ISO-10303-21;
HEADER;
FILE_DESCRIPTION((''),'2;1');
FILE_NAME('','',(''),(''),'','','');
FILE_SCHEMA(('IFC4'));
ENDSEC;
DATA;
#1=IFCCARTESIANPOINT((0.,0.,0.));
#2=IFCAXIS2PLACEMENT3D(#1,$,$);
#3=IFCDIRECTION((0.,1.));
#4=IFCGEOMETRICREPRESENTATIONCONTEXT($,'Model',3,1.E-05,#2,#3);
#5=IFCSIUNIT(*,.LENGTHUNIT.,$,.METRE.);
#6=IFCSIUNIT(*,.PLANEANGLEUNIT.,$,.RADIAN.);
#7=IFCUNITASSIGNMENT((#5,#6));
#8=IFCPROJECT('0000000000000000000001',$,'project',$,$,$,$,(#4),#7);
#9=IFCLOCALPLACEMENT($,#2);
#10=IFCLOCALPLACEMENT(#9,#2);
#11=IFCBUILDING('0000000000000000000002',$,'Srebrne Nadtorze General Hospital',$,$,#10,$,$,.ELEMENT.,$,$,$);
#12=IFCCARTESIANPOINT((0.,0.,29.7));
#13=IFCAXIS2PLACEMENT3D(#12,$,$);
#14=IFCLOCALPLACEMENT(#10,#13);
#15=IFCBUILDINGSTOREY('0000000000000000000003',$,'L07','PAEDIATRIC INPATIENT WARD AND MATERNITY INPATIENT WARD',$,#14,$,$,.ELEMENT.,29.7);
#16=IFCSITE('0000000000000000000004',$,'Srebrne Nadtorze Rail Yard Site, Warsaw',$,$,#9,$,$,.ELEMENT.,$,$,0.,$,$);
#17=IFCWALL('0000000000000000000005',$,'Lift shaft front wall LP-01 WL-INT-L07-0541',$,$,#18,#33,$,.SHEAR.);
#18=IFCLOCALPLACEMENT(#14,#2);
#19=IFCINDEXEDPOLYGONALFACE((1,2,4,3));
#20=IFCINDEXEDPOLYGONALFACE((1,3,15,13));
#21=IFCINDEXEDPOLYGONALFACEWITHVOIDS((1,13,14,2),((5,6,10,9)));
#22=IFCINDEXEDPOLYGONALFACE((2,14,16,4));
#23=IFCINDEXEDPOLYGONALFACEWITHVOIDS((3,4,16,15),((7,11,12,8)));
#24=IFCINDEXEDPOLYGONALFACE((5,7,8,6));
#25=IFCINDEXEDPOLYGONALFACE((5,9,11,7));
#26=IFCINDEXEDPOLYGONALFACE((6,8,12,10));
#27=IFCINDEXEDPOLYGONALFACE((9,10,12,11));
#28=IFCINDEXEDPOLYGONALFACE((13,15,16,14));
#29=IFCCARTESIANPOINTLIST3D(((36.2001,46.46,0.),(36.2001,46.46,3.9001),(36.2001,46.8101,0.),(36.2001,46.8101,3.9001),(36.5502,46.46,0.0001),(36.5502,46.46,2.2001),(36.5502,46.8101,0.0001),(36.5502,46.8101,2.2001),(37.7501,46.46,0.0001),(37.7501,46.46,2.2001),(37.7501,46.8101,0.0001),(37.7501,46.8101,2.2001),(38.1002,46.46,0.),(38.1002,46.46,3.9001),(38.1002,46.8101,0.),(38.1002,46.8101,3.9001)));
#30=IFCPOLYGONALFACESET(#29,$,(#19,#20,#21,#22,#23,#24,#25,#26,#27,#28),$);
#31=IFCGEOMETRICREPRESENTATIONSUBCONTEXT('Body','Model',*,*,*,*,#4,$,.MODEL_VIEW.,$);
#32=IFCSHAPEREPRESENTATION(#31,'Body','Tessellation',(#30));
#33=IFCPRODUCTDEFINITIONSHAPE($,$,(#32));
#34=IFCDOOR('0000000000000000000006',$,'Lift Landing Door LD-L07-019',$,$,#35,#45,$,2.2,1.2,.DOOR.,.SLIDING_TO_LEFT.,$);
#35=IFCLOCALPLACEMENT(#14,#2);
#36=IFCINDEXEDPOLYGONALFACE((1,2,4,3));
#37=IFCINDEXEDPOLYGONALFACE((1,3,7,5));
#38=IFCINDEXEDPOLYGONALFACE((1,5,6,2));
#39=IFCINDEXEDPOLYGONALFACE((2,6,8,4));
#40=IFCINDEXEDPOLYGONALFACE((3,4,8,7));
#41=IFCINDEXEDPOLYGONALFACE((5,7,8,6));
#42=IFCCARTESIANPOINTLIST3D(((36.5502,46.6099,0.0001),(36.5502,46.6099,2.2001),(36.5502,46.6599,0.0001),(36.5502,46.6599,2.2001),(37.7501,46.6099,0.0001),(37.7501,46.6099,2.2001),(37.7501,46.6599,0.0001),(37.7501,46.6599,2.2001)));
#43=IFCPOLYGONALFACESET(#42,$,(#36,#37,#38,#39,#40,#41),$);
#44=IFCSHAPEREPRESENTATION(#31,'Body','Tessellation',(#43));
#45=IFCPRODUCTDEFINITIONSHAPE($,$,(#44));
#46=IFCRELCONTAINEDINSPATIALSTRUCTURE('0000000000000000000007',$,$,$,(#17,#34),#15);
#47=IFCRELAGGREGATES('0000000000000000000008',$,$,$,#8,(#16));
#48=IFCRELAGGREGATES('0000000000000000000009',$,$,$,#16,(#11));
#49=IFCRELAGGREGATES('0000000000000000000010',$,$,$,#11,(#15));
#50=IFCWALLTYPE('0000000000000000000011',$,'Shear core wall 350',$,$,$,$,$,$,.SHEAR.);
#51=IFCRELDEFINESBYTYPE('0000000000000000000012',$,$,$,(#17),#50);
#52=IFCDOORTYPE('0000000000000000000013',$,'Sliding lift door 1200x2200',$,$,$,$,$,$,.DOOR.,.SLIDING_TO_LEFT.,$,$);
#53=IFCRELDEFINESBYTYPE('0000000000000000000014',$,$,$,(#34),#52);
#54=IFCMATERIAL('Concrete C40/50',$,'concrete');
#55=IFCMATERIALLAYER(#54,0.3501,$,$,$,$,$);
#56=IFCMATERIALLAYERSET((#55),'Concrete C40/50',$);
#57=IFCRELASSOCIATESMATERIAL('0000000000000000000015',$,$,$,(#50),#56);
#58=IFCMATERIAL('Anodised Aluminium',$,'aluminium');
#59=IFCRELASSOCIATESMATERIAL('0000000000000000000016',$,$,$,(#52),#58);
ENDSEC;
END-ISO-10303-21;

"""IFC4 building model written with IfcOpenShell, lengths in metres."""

from ifc_helpers import new_model, si_unit, direction, frame, frame_2d, origin, place, context, subcontext, project, spatial, rectangle, extrude, material, layer, layer_set, type_object, element, fill, save


model = new_model("IFC4")

# Units and contexts
model_context = context("Model", 3, precision=1e-05, world=origin(), true_north=direction((0.0, 1.0)))
body_context = subcontext(model_context, "Body", "Model", "MODEL_VIEW")
ifc_project = project(units=[si_unit("LENGTHUNIT", "METRE"), si_unit("PLANEANGLEUNIT", "RADIAN")], contexts=[model_context])

# Site, building, storey
site_placement = place(None, origin())
site = spatial("IfcSite", under=ifc_project, at=site_placement, Name="Srebrne Nadtorze Rail Yard Site, Warsaw", CompositionType="ELEMENT", RefElevation=0.0)
building_placement = place(site_placement, origin())
building = spatial("IfcBuilding", under=site, at=building_placement, Name="Srebrne Nadtorze General Hospital", CompositionType="ELEMENT")
storey_placement = place(building_placement, frame((0.0, 0.0, 29.7)))
storey = spatial("IfcBuildingStorey", under=building, at=storey_placement, Name="L07", Description="PAEDIATRIC INPATIENT WARD AND MATERNITY INPATIENT WARD", CompositionType="ELEMENT", Elevation=29.7)

# Shared definitions
ifc_material_1 = material(Name="Concrete C40/50", Category="concrete")
ifc_layer_1 = layer(ifc_material_1, 0.3501)
ifc_layer_set_1 = layer_set([ifc_layer_1], Name="Concrete C40/50")
wall_type_1 = type_object("IfcWallType", Name="Shear core wall 350", PredefinedType="SHEAR", material=ifc_layer_set_1)

# Wall, opening, door
wall_1_placement = place(storey_placement, frame((36.2, 46.635, 0.0), z_axis=(0.0, 0.0, 1.0), x_axis=(1.0, 0.0, 0.0)))
wall_1 = element("IfcWall", 1, at=wall_1_placement, inside=storey, type_object=wall_type_1, Name="Lift shaft front wall LP-01 WL-INT-L07-0541", PredefinedType="SHEAR", context=body_context, shape_type="SweptSolid", body=[
    extrude(rectangle(XDim=1.9001, YDim=0.3501, at=frame_2d((0.9502, 0.0))), origin(), (0.0, 0.0, 1.0), 3.9001),
])
opening_1_placement = place(wall_1_placement, frame((0.3501, 0.0, 0.0)))
opening_1 = element("IfcOpeningElement", 2, at=opening_1_placement, cuts=wall_1, PredefinedType="OPENING", context=body_context, shape_type="SweptSolid", body=[
    extrude(rectangle(XDim=1.2, YDim=2.2, at=frame_2d((0.6001, 1.1001))), frame((0.0, 0.187, 0.0), z_axis=(0.0, -1.0, 0.0), x_axis=(1.0, 0.0, 0.0)), (0.0, 0.0, 1.0), 0.374),
])
ifc_material_2 = material(Name="Anodised Aluminium", Category="aluminium")
door_type_1 = type_object("IfcDoorType", Name="Sliding lift door 1200x2200", OperationType="SLIDING_TO_LEFT", PredefinedType="DOOR", material=ifc_material_2)
door_1_placement = place(opening_1_placement, origin())
door_1 = element("IfcDoor", 3, at=door_1_placement, inside=storey, type_object=door_type_1, Name="Lift Landing Door LD-L07-019", OperationType="SLIDING_TO_LEFT", OverallHeight=2.2, OverallWidth=1.2, PredefinedType="DOOR", context=body_context, shape_type="SweptSolid", body=[
    extrude(rectangle(XDim=1.2, YDim=2.2, at=frame_2d((0.6001, 1.1001))), frame((0.0, 0.0249, 0.0), z_axis=(0.0, -1.0, 0.0), x_axis=(1.0, 0.0, 0.0)), (0.0, 0.0, 1.0), 0.05),
])
fill(opening_1, door_1)

save(model, "model.ifc")
